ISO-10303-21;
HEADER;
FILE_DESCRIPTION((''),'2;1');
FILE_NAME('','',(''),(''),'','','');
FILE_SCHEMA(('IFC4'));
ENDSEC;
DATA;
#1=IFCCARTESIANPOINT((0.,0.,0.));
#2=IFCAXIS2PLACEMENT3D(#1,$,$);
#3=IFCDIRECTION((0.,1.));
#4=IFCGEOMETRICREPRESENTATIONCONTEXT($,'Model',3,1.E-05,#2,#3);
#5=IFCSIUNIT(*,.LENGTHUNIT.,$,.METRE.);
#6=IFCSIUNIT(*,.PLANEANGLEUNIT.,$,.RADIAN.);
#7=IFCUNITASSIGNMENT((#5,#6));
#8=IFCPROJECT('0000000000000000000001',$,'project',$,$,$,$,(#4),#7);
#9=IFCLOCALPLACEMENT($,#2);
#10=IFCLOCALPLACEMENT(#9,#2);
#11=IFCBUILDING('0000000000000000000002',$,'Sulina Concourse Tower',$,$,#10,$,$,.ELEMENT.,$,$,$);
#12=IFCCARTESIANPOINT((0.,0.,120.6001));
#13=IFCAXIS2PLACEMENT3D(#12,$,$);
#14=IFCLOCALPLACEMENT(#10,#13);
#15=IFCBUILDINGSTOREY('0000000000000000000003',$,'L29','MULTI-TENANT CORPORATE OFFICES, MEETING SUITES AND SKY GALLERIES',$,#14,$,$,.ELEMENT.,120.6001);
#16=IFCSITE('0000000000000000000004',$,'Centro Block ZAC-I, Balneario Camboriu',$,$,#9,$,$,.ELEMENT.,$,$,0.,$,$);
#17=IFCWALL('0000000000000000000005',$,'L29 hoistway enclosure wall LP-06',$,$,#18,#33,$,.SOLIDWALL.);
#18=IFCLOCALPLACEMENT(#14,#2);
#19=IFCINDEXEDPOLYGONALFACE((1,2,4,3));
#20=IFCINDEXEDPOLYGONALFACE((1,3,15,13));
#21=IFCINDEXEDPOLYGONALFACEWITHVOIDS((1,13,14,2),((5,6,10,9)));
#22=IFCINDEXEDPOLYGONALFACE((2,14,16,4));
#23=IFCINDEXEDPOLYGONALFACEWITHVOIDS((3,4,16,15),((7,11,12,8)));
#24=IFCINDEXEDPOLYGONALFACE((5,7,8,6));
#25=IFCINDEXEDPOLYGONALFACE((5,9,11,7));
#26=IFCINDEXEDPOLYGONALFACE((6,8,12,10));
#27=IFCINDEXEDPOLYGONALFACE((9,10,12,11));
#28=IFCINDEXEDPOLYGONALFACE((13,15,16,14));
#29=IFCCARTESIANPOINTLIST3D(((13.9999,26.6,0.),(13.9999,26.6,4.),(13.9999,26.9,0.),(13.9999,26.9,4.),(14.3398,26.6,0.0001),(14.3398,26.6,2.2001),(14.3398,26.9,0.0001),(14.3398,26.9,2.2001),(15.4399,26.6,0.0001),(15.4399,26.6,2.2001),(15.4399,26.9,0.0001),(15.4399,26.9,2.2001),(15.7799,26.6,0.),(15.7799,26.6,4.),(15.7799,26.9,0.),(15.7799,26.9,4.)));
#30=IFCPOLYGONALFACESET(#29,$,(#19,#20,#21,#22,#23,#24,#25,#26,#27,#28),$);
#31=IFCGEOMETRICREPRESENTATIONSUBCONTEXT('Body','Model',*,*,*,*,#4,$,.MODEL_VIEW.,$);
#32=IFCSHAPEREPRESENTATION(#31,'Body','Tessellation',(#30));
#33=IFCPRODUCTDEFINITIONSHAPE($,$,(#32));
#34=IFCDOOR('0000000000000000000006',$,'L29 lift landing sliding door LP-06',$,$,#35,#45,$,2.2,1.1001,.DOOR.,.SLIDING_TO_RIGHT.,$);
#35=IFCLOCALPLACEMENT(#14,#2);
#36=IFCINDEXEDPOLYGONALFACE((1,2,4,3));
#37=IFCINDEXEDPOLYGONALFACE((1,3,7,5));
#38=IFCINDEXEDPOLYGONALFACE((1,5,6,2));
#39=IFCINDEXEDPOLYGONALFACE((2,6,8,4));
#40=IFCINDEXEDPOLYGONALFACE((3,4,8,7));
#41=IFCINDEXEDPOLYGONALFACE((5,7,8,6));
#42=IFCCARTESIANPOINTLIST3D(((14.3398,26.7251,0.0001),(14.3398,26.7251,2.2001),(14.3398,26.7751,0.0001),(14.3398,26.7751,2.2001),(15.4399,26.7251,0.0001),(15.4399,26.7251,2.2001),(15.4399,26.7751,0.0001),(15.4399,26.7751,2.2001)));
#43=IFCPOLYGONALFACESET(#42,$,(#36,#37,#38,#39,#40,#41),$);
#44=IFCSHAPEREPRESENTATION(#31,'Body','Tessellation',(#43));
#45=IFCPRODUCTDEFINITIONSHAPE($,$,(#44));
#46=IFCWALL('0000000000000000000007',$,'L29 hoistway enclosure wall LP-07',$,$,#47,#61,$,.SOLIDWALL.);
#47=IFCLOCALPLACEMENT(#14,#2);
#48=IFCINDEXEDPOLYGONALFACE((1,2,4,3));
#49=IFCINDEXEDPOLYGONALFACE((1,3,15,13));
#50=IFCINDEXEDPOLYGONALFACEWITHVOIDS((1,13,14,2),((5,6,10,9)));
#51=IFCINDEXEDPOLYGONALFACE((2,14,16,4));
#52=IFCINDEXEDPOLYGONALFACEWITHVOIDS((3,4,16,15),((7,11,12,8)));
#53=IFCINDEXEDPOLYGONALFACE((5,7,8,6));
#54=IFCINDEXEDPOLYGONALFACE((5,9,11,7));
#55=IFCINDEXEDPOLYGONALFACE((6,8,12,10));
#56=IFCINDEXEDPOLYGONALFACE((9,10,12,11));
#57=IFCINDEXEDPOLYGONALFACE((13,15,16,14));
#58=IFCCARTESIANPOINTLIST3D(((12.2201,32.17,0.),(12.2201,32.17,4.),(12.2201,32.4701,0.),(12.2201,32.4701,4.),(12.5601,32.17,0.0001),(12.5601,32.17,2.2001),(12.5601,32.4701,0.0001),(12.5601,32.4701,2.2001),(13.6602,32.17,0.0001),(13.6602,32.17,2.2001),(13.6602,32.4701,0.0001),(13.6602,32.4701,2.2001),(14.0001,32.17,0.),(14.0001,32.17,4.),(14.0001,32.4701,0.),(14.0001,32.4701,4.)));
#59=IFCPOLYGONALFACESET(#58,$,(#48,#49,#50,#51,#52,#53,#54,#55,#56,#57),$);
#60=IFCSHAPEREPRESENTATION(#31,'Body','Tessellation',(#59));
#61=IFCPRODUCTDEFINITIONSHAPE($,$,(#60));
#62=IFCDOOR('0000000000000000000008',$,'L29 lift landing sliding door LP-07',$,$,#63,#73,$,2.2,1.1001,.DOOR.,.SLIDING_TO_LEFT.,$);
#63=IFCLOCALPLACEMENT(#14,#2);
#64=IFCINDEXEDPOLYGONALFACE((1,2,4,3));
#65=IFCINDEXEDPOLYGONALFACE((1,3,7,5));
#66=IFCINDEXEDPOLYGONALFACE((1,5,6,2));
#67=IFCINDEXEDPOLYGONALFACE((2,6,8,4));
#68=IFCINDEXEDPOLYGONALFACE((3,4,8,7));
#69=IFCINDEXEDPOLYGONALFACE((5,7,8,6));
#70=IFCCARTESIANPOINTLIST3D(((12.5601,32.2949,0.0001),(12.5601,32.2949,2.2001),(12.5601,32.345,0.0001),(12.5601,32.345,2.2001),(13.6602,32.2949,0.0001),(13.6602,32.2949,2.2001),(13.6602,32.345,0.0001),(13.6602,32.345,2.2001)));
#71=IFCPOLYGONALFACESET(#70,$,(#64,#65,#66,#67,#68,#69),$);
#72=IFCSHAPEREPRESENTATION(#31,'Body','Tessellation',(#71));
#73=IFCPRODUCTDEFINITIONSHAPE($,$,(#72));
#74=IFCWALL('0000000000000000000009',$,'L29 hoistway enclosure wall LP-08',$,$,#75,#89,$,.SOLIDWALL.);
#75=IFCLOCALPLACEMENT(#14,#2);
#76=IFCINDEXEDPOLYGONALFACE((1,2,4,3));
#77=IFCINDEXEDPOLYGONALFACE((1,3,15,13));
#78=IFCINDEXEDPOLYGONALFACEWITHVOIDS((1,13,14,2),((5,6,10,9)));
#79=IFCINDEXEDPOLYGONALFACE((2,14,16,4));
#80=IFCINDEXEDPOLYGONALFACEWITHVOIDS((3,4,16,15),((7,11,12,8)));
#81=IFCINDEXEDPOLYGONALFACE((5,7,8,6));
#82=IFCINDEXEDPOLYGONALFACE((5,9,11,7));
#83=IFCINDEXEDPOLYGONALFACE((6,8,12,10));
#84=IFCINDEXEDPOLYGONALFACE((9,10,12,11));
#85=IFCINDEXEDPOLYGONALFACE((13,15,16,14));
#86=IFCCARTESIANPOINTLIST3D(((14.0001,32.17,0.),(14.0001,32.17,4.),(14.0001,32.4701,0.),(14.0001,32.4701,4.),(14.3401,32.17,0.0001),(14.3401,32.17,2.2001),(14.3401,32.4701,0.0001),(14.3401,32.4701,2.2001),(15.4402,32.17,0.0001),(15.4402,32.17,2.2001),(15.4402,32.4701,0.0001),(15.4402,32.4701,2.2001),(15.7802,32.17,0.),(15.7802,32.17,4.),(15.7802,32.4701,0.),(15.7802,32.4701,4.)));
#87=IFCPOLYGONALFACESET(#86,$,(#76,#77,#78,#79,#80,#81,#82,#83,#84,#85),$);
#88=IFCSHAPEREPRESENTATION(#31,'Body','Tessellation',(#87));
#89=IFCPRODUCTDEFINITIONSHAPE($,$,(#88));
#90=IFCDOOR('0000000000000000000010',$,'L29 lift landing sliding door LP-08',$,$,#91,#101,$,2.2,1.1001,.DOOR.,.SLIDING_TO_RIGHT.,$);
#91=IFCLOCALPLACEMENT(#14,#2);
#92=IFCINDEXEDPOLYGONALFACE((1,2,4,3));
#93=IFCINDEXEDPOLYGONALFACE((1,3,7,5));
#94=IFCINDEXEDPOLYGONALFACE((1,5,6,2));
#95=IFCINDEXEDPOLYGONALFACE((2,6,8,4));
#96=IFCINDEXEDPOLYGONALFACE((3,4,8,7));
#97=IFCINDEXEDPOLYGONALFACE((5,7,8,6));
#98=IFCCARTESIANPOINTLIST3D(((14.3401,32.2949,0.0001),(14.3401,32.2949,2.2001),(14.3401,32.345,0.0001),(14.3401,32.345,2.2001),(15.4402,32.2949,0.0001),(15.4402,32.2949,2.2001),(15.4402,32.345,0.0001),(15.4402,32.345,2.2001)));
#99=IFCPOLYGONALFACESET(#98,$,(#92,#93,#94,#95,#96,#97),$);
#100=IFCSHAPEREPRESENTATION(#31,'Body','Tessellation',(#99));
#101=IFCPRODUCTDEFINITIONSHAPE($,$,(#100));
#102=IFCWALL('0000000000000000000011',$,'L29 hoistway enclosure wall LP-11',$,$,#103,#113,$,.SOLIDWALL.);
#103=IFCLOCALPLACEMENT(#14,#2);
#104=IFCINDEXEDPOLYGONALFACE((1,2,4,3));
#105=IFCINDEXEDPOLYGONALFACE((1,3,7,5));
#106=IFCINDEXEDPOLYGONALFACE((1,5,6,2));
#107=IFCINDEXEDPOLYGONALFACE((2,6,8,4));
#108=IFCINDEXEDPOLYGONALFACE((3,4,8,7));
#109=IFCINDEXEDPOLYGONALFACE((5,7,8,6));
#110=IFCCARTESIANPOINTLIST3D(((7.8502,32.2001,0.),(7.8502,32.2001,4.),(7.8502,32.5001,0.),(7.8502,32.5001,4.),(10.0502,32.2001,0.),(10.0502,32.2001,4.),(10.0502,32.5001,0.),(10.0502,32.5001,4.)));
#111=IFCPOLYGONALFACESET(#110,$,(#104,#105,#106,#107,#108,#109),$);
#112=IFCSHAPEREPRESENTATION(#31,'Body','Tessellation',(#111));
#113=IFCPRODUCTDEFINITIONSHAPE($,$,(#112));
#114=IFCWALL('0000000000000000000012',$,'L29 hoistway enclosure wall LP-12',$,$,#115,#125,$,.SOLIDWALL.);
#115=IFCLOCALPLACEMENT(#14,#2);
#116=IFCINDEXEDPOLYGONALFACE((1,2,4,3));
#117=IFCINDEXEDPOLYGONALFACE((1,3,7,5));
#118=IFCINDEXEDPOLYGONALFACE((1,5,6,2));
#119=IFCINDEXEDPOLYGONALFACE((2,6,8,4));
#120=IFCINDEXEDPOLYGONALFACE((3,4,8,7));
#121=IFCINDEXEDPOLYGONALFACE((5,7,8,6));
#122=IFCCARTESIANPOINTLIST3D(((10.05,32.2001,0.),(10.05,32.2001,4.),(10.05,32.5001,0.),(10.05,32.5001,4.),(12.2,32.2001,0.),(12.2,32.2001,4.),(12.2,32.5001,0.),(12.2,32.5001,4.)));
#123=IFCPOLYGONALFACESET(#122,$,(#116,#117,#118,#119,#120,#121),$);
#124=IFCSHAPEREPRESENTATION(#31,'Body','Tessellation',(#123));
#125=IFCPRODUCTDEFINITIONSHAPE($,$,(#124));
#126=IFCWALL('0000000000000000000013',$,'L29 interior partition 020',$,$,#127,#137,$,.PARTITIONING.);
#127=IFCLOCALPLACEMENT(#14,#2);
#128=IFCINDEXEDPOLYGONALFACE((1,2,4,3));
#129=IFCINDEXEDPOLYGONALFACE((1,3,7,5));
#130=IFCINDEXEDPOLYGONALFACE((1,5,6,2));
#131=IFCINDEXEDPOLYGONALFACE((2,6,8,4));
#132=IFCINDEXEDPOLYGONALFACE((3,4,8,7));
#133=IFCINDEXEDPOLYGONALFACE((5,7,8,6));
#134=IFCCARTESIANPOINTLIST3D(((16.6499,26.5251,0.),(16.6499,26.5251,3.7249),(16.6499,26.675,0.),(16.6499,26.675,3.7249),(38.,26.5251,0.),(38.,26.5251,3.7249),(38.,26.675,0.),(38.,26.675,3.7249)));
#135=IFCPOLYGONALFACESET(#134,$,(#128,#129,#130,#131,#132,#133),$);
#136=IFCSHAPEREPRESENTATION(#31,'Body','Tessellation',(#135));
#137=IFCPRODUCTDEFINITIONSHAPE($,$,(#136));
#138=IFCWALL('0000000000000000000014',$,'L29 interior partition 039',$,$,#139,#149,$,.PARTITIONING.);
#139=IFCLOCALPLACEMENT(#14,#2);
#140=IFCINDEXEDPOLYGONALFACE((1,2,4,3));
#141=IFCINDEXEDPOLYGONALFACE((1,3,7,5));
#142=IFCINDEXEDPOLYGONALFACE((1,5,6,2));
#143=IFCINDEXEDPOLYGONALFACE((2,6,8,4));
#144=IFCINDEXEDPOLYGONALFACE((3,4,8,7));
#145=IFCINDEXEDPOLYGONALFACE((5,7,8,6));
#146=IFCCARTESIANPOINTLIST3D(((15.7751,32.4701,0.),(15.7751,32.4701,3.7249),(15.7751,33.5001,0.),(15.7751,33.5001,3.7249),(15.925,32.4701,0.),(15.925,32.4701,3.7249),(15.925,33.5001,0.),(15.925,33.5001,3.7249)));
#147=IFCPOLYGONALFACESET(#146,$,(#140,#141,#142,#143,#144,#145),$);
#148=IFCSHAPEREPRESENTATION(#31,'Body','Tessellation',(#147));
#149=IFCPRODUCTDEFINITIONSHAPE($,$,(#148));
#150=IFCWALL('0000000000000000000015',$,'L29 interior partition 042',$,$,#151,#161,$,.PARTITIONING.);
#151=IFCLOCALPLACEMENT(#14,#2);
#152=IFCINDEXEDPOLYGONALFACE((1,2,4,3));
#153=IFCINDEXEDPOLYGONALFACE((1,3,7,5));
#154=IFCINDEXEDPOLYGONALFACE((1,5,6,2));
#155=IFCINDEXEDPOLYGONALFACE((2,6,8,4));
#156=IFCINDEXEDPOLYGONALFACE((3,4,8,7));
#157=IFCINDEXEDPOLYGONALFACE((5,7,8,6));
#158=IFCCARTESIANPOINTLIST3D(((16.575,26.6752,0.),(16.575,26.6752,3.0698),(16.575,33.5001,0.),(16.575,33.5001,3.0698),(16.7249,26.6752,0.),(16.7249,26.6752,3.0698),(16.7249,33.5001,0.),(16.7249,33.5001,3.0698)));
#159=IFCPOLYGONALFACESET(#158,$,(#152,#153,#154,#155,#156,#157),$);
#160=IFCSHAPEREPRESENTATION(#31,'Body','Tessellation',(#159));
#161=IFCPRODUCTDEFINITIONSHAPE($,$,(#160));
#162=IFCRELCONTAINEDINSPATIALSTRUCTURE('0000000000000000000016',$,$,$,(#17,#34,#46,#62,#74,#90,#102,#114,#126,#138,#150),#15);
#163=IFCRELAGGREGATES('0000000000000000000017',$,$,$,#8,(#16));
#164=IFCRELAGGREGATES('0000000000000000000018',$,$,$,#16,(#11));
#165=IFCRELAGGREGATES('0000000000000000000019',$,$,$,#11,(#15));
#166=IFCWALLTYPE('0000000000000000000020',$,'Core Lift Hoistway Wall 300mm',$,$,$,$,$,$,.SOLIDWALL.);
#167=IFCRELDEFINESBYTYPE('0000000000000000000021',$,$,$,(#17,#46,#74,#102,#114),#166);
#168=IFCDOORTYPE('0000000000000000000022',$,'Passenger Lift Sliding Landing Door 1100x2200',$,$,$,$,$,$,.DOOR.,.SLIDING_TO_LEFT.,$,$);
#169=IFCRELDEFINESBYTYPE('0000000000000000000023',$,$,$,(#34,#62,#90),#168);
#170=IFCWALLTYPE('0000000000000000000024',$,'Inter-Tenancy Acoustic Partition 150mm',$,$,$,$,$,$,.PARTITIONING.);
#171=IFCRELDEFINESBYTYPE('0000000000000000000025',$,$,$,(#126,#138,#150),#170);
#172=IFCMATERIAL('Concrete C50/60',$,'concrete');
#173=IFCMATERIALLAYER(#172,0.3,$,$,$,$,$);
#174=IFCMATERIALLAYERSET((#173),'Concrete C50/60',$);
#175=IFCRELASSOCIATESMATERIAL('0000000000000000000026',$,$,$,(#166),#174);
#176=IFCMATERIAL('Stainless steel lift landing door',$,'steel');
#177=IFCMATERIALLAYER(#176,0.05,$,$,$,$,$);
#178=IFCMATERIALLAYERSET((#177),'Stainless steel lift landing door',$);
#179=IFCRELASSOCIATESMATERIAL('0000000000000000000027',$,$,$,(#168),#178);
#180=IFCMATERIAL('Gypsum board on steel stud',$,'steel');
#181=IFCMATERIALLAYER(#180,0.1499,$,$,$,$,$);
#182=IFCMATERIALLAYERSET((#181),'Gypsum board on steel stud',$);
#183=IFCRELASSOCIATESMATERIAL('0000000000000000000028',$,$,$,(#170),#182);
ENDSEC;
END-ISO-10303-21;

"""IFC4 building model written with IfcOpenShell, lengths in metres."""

from ifc_helpers import new_model, si_unit, direction, frame, frame_2d, origin, place, context, subcontext, project, spatial, rectangle, extrude, material, layer, layer_set, type_object, element, fill, save


model = new_model("IFC4")

# Units and contexts
model_context = context("Model", 3, precision=1e-05, world=origin(), true_north=direction((0.0, 1.0)))
body_context = subcontext(model_context, "Body", "Model", "MODEL_VIEW")
ifc_project = project(units=[si_unit("LENGTHUNIT", "METRE"), si_unit("PLANEANGLEUNIT", "RADIAN")], contexts=[model_context])

# Site, building, storey
site_placement = place(None, origin())
site = spatial("IfcSite", under=ifc_project, at=site_placement, Name="Centro Block ZAC-I, Balneario Camboriu", CompositionType="ELEMENT", RefElevation=0.0)
building_placement = place(site_placement, origin())
building = spatial("IfcBuilding", under=site, at=building_placement, Name="Sulina Concourse Tower", CompositionType="ELEMENT")
storey_placement = place(building_placement, frame((0.0, 0.0, 120.6001)))
storey = spatial("IfcBuildingStorey", under=building, at=storey_placement, Name="L29", Description="MULTI-TENANT CORPORATE OFFICES, MEETING SUITES AND SKY GALLERIES", CompositionType="ELEMENT", Elevation=120.6001)

# Walls, openings, doors
ifc_material_1 = material(Name="Concrete C50/60", Category="concrete")
ifc_layer_1 = layer(ifc_material_1, 0.3)
ifc_layer_set_1 = layer_set([ifc_layer_1], Name="Concrete C50/60")
wall_type_1 = type_object("IfcWallType", Name="Core Lift Hoistway Wall 300mm", PredefinedType="SOLIDWALL", material=ifc_layer_set_1)
ifc_material_2 = material(Name="Stainless steel lift landing door", Category="steel")
ifc_layer_2 = layer(ifc_material_2, 0.05)
ifc_layer_set_2 = layer_set([ifc_layer_2], Name="Stainless steel lift landing door")
door_type_1 = type_object("IfcDoorType", Name="Passenger Lift Sliding Landing Door 1100x2200", OperationType="SLIDING_TO_LEFT", PredefinedType="DOOR", material=ifc_layer_set_2)
wall_1_placement = place(storey_placement, frame((15.78, 26.75, 0.0), z_axis=(0.0, 0.0, 1.0), x_axis=(-1.0, 0.0, 0.0)))
wall_1 = element("IfcWall", 1, at=wall_1_placement, inside=storey, type_object=wall_type_1, Name="L29 hoistway enclosure wall LP-06", PredefinedType="SOLIDWALL", context=body_context, shape_type="SweptSolid", body=[
    extrude(rectangle(XDim=1.78, YDim=0.3, at=frame_2d((0.8901, 0.0))), origin(), (0.0, 0.0, 1.0), 4.0),
])
opening_1_placement = place(wall_1_placement, frame((0.3401, 0.0, 0.0)))
opening_1 = element("IfcOpeningElement", 2, at=opening_1_placement, cuts=wall_1, PredefinedType="OPENING", context=body_context, shape_type="SweptSolid", body=[
    extrude(rectangle(XDim=1.1001, YDim=2.2, at=frame_2d((0.55, 1.1001))), frame((0.0, 0.1599, 0.0), z_axis=(0.0, -1.0, 0.0), x_axis=(1.0, 0.0, 0.0)), (0.0, 0.0, 1.0), 0.3201),
])
door_1_placement = place(opening_1_placement, origin())
door_1 = element("IfcDoor", 3, at=door_1_placement, inside=storey, type_object=door_type_1, Name="L29 lift landing sliding door LP-06", OperationType="SLIDING_TO_RIGHT", OverallHeight=2.2, OverallWidth=1.1001, PredefinedType="DOOR", context=body_context, shape_type="SweptSolid", body=[
    extrude(rectangle(XDim=1.1001, YDim=2.2, at=frame_2d((0.55, 1.1001))), frame((0.0, 0.0249, 0.0), z_axis=(0.0, -1.0, 0.0), x_axis=(1.0, 0.0, 0.0)), (0.0, 0.0, 1.0), 0.05),
])
fill(opening_1, door_1)
wall_2_placement = place(storey_placement, frame((12.22, 32.3201, 0.0), z_axis=(0.0, 0.0, 1.0), x_axis=(1.0, 0.0, 0.0)))
wall_2 = element("IfcWall", 4, at=wall_2_placement, inside=storey, type_object=wall_type_1, Name="L29 hoistway enclosure wall LP-07", PredefinedType="SOLIDWALL", context=body_context, shape_type="SweptSolid", body=[
    extrude(rectangle(XDim=1.78, YDim=0.3, at=frame_2d((0.8901, 0.0))), origin(), (0.0, 0.0, 1.0), 4.0),
])
opening_2_placement = place(wall_2_placement, frame((0.3401, 0.0, 0.0)))
opening_2 = element("IfcOpeningElement", 5, at=opening_2_placement, cuts=wall_2, PredefinedType="OPENING", context=body_context, shape_type="SweptSolid", body=[
    extrude(rectangle(XDim=1.1001, YDim=2.2, at=frame_2d((0.55, 1.1001))), frame((0.0, 0.1599, 0.0), z_axis=(0.0, -1.0, 0.0), x_axis=(1.0, 0.0, 0.0)), (0.0, 0.0, 1.0), 0.3201),
])
door_2_placement = place(opening_2_placement, origin())
door_2 = element("IfcDoor", 6, at=door_2_placement, inside=storey, type_object=door_type_1, Name="L29 lift landing sliding door LP-07", OperationType="SLIDING_TO_LEFT", OverallHeight=2.2, OverallWidth=1.1001, PredefinedType="DOOR", context=body_context, shape_type="SweptSolid", body=[
    extrude(rectangle(XDim=1.1001, YDim=2.2, at=frame_2d((0.55, 1.1001))), frame((0.0, 0.0249, 0.0), z_axis=(0.0, -1.0, 0.0), x_axis=(1.0, 0.0, 0.0)), (0.0, 0.0, 1.0), 0.05),
])
fill(opening_2, door_2)
wall_3_placement = place(storey_placement, frame((14.0, 32.3201, 0.0), z_axis=(0.0, 0.0, 1.0), x_axis=(1.0, 0.0, 0.0)))
wall_3 = element("IfcWall", 7, at=wall_3_placement, inside=storey, type_object=wall_type_1, Name="L29 hoistway enclosure wall LP-08", PredefinedType="SOLIDWALL", context=body_context, shape_type="SweptSolid", body=[
    extrude(rectangle(XDim=1.78, YDim=0.3, at=frame_2d((0.8901, 0.0))), origin(), (0.0, 0.0, 1.0), 4.0),
])
opening_3_placement = place(wall_3_placement, frame((0.3401, 0.0, 0.0)))
opening_3 = element("IfcOpeningElement", 8, at=opening_3_placement, cuts=wall_3, PredefinedType="OPENING", context=body_context, shape_type="SweptSolid", body=[
    extrude(rectangle(XDim=1.1001, YDim=2.2, at=frame_2d((0.55, 1.1001))), frame((0.0, 0.1599, 0.0), z_axis=(0.0, -1.0, 0.0), x_axis=(1.0, 0.0, 0.0)), (0.0, 0.0, 1.0), 0.3201),
])
door_3_placement = place(opening_3_placement, origin())
door_3 = element("IfcDoor", 9, at=door_3_placement, inside=storey, type_object=door_type_1, Name="L29 lift landing sliding door LP-08", OperationType="SLIDING_TO_RIGHT", OverallHeight=2.2, OverallWidth=1.1001, PredefinedType="DOOR", context=body_context, shape_type="SweptSolid", body=[
    extrude(rectangle(XDim=1.1001, YDim=2.2, at=frame_2d((0.55, 1.1001))), frame((0.0, 0.0249, 0.0), z_axis=(0.0, -1.0, 0.0), x_axis=(1.0, 0.0, 0.0)), (0.0, 0.0, 1.0), 0.05),
])
fill(opening_3, door_3)

# Walls
wall_4_placement = place(storey_placement, frame((7.8501, 32.3501, 0.0), z_axis=(0.0, 0.0, 1.0), x_axis=(1.0, 0.0, 0.0)))
element("IfcWall", 10, at=wall_4_placement, inside=storey, type_object=wall_type_1, Name="L29 hoistway enclosure wall LP-11", PredefinedType="SOLIDWALL", context=body_context, shape_type="SweptSolid", body=[
    extrude(rectangle(XDim=2.2, YDim=0.3, at=frame_2d((1.1001, 0.0))), origin(), (0.0, 0.0, 1.0), 4.0),
])
wall_5_placement = place(storey_placement, frame((10.05, 32.3501, 0.0), z_axis=(0.0, 0.0, 1.0), x_axis=(1.0, 0.0, 0.0)))
element("IfcWall", 11, at=wall_5_placement, inside=storey, type_object=wall_type_1, Name="L29 hoistway enclosure wall LP-12", PredefinedType="SOLIDWALL", context=body_context, shape_type="SweptSolid", body=[
    extrude(rectangle(XDim=2.1499, YDim=0.3, at=frame_2d((1.075, 0.0))), origin(), (0.0, 0.0, 1.0), 4.0),
])
ifc_material_3 = material(Name="Gypsum board on steel stud", Category="steel")
ifc_layer_3 = layer(ifc_material_3, 0.1499)
ifc_layer_set_3 = layer_set([ifc_layer_3], Name="Gypsum board on steel stud")
wall_type_2 = type_object("IfcWallType", Name="Inter-Tenancy Acoustic Partition 150mm", PredefinedType="PARTITIONING", material=ifc_layer_set_3)
wall_6_placement = place(storey_placement, frame((16.6499, 26.6001, 0.0), z_axis=(0.0, 0.0, 1.0), x_axis=(1.0, 0.0, 0.0)))
element("IfcWall", 12, at=wall_6_placement, inside=storey, type_object=wall_type_2, Name="L29 interior partition 020", PredefinedType="PARTITIONING", context=body_context, shape_type="SweptSolid", body=[
    extrude(rectangle(XDim=21.3501, YDim=0.1499, at=frame_2d((10.675, 0.0))), origin(), (0.0, 0.0, 1.0), 3.7249),
])
wall_7_placement = place(storey_placement, frame((15.8501, 32.47, 0.0), z_axis=(0.0, 0.0, 1.0), x_axis=(0.0, 1.0, 0.0)))
element("IfcWall", 13, at=wall_7_placement, inside=storey, type_object=wall_type_2, Name="L29 interior partition 039", PredefinedType="PARTITIONING", context=body_context, shape_type="SweptSolid", body=[
    extrude(rectangle(XDim=1.03, YDim=0.1499, at=frame_2d((0.5151, 0.0))), origin(), (0.0, 0.0, 1.0), 3.7249),
])
wall_8_placement = place(storey_placement, frame((16.6499, 26.675, 0.0), z_axis=(0.0, 0.0, 1.0), x_axis=(0.0, 1.0, 0.0)))
element("IfcWall", 14, at=wall_8_placement, inside=storey, type_object=wall_type_2, Name="L29 interior partition 042", PredefinedType="PARTITIONING", context=body_context, shape_type="SweptSolid", body=[
    extrude(rectangle(XDim=6.825, YDim=0.1499, at=frame_2d((3.4126, 0.0))), origin(), (0.0, 0.0, 1.0), 3.0698),
])

save(model, "model.ifc")
